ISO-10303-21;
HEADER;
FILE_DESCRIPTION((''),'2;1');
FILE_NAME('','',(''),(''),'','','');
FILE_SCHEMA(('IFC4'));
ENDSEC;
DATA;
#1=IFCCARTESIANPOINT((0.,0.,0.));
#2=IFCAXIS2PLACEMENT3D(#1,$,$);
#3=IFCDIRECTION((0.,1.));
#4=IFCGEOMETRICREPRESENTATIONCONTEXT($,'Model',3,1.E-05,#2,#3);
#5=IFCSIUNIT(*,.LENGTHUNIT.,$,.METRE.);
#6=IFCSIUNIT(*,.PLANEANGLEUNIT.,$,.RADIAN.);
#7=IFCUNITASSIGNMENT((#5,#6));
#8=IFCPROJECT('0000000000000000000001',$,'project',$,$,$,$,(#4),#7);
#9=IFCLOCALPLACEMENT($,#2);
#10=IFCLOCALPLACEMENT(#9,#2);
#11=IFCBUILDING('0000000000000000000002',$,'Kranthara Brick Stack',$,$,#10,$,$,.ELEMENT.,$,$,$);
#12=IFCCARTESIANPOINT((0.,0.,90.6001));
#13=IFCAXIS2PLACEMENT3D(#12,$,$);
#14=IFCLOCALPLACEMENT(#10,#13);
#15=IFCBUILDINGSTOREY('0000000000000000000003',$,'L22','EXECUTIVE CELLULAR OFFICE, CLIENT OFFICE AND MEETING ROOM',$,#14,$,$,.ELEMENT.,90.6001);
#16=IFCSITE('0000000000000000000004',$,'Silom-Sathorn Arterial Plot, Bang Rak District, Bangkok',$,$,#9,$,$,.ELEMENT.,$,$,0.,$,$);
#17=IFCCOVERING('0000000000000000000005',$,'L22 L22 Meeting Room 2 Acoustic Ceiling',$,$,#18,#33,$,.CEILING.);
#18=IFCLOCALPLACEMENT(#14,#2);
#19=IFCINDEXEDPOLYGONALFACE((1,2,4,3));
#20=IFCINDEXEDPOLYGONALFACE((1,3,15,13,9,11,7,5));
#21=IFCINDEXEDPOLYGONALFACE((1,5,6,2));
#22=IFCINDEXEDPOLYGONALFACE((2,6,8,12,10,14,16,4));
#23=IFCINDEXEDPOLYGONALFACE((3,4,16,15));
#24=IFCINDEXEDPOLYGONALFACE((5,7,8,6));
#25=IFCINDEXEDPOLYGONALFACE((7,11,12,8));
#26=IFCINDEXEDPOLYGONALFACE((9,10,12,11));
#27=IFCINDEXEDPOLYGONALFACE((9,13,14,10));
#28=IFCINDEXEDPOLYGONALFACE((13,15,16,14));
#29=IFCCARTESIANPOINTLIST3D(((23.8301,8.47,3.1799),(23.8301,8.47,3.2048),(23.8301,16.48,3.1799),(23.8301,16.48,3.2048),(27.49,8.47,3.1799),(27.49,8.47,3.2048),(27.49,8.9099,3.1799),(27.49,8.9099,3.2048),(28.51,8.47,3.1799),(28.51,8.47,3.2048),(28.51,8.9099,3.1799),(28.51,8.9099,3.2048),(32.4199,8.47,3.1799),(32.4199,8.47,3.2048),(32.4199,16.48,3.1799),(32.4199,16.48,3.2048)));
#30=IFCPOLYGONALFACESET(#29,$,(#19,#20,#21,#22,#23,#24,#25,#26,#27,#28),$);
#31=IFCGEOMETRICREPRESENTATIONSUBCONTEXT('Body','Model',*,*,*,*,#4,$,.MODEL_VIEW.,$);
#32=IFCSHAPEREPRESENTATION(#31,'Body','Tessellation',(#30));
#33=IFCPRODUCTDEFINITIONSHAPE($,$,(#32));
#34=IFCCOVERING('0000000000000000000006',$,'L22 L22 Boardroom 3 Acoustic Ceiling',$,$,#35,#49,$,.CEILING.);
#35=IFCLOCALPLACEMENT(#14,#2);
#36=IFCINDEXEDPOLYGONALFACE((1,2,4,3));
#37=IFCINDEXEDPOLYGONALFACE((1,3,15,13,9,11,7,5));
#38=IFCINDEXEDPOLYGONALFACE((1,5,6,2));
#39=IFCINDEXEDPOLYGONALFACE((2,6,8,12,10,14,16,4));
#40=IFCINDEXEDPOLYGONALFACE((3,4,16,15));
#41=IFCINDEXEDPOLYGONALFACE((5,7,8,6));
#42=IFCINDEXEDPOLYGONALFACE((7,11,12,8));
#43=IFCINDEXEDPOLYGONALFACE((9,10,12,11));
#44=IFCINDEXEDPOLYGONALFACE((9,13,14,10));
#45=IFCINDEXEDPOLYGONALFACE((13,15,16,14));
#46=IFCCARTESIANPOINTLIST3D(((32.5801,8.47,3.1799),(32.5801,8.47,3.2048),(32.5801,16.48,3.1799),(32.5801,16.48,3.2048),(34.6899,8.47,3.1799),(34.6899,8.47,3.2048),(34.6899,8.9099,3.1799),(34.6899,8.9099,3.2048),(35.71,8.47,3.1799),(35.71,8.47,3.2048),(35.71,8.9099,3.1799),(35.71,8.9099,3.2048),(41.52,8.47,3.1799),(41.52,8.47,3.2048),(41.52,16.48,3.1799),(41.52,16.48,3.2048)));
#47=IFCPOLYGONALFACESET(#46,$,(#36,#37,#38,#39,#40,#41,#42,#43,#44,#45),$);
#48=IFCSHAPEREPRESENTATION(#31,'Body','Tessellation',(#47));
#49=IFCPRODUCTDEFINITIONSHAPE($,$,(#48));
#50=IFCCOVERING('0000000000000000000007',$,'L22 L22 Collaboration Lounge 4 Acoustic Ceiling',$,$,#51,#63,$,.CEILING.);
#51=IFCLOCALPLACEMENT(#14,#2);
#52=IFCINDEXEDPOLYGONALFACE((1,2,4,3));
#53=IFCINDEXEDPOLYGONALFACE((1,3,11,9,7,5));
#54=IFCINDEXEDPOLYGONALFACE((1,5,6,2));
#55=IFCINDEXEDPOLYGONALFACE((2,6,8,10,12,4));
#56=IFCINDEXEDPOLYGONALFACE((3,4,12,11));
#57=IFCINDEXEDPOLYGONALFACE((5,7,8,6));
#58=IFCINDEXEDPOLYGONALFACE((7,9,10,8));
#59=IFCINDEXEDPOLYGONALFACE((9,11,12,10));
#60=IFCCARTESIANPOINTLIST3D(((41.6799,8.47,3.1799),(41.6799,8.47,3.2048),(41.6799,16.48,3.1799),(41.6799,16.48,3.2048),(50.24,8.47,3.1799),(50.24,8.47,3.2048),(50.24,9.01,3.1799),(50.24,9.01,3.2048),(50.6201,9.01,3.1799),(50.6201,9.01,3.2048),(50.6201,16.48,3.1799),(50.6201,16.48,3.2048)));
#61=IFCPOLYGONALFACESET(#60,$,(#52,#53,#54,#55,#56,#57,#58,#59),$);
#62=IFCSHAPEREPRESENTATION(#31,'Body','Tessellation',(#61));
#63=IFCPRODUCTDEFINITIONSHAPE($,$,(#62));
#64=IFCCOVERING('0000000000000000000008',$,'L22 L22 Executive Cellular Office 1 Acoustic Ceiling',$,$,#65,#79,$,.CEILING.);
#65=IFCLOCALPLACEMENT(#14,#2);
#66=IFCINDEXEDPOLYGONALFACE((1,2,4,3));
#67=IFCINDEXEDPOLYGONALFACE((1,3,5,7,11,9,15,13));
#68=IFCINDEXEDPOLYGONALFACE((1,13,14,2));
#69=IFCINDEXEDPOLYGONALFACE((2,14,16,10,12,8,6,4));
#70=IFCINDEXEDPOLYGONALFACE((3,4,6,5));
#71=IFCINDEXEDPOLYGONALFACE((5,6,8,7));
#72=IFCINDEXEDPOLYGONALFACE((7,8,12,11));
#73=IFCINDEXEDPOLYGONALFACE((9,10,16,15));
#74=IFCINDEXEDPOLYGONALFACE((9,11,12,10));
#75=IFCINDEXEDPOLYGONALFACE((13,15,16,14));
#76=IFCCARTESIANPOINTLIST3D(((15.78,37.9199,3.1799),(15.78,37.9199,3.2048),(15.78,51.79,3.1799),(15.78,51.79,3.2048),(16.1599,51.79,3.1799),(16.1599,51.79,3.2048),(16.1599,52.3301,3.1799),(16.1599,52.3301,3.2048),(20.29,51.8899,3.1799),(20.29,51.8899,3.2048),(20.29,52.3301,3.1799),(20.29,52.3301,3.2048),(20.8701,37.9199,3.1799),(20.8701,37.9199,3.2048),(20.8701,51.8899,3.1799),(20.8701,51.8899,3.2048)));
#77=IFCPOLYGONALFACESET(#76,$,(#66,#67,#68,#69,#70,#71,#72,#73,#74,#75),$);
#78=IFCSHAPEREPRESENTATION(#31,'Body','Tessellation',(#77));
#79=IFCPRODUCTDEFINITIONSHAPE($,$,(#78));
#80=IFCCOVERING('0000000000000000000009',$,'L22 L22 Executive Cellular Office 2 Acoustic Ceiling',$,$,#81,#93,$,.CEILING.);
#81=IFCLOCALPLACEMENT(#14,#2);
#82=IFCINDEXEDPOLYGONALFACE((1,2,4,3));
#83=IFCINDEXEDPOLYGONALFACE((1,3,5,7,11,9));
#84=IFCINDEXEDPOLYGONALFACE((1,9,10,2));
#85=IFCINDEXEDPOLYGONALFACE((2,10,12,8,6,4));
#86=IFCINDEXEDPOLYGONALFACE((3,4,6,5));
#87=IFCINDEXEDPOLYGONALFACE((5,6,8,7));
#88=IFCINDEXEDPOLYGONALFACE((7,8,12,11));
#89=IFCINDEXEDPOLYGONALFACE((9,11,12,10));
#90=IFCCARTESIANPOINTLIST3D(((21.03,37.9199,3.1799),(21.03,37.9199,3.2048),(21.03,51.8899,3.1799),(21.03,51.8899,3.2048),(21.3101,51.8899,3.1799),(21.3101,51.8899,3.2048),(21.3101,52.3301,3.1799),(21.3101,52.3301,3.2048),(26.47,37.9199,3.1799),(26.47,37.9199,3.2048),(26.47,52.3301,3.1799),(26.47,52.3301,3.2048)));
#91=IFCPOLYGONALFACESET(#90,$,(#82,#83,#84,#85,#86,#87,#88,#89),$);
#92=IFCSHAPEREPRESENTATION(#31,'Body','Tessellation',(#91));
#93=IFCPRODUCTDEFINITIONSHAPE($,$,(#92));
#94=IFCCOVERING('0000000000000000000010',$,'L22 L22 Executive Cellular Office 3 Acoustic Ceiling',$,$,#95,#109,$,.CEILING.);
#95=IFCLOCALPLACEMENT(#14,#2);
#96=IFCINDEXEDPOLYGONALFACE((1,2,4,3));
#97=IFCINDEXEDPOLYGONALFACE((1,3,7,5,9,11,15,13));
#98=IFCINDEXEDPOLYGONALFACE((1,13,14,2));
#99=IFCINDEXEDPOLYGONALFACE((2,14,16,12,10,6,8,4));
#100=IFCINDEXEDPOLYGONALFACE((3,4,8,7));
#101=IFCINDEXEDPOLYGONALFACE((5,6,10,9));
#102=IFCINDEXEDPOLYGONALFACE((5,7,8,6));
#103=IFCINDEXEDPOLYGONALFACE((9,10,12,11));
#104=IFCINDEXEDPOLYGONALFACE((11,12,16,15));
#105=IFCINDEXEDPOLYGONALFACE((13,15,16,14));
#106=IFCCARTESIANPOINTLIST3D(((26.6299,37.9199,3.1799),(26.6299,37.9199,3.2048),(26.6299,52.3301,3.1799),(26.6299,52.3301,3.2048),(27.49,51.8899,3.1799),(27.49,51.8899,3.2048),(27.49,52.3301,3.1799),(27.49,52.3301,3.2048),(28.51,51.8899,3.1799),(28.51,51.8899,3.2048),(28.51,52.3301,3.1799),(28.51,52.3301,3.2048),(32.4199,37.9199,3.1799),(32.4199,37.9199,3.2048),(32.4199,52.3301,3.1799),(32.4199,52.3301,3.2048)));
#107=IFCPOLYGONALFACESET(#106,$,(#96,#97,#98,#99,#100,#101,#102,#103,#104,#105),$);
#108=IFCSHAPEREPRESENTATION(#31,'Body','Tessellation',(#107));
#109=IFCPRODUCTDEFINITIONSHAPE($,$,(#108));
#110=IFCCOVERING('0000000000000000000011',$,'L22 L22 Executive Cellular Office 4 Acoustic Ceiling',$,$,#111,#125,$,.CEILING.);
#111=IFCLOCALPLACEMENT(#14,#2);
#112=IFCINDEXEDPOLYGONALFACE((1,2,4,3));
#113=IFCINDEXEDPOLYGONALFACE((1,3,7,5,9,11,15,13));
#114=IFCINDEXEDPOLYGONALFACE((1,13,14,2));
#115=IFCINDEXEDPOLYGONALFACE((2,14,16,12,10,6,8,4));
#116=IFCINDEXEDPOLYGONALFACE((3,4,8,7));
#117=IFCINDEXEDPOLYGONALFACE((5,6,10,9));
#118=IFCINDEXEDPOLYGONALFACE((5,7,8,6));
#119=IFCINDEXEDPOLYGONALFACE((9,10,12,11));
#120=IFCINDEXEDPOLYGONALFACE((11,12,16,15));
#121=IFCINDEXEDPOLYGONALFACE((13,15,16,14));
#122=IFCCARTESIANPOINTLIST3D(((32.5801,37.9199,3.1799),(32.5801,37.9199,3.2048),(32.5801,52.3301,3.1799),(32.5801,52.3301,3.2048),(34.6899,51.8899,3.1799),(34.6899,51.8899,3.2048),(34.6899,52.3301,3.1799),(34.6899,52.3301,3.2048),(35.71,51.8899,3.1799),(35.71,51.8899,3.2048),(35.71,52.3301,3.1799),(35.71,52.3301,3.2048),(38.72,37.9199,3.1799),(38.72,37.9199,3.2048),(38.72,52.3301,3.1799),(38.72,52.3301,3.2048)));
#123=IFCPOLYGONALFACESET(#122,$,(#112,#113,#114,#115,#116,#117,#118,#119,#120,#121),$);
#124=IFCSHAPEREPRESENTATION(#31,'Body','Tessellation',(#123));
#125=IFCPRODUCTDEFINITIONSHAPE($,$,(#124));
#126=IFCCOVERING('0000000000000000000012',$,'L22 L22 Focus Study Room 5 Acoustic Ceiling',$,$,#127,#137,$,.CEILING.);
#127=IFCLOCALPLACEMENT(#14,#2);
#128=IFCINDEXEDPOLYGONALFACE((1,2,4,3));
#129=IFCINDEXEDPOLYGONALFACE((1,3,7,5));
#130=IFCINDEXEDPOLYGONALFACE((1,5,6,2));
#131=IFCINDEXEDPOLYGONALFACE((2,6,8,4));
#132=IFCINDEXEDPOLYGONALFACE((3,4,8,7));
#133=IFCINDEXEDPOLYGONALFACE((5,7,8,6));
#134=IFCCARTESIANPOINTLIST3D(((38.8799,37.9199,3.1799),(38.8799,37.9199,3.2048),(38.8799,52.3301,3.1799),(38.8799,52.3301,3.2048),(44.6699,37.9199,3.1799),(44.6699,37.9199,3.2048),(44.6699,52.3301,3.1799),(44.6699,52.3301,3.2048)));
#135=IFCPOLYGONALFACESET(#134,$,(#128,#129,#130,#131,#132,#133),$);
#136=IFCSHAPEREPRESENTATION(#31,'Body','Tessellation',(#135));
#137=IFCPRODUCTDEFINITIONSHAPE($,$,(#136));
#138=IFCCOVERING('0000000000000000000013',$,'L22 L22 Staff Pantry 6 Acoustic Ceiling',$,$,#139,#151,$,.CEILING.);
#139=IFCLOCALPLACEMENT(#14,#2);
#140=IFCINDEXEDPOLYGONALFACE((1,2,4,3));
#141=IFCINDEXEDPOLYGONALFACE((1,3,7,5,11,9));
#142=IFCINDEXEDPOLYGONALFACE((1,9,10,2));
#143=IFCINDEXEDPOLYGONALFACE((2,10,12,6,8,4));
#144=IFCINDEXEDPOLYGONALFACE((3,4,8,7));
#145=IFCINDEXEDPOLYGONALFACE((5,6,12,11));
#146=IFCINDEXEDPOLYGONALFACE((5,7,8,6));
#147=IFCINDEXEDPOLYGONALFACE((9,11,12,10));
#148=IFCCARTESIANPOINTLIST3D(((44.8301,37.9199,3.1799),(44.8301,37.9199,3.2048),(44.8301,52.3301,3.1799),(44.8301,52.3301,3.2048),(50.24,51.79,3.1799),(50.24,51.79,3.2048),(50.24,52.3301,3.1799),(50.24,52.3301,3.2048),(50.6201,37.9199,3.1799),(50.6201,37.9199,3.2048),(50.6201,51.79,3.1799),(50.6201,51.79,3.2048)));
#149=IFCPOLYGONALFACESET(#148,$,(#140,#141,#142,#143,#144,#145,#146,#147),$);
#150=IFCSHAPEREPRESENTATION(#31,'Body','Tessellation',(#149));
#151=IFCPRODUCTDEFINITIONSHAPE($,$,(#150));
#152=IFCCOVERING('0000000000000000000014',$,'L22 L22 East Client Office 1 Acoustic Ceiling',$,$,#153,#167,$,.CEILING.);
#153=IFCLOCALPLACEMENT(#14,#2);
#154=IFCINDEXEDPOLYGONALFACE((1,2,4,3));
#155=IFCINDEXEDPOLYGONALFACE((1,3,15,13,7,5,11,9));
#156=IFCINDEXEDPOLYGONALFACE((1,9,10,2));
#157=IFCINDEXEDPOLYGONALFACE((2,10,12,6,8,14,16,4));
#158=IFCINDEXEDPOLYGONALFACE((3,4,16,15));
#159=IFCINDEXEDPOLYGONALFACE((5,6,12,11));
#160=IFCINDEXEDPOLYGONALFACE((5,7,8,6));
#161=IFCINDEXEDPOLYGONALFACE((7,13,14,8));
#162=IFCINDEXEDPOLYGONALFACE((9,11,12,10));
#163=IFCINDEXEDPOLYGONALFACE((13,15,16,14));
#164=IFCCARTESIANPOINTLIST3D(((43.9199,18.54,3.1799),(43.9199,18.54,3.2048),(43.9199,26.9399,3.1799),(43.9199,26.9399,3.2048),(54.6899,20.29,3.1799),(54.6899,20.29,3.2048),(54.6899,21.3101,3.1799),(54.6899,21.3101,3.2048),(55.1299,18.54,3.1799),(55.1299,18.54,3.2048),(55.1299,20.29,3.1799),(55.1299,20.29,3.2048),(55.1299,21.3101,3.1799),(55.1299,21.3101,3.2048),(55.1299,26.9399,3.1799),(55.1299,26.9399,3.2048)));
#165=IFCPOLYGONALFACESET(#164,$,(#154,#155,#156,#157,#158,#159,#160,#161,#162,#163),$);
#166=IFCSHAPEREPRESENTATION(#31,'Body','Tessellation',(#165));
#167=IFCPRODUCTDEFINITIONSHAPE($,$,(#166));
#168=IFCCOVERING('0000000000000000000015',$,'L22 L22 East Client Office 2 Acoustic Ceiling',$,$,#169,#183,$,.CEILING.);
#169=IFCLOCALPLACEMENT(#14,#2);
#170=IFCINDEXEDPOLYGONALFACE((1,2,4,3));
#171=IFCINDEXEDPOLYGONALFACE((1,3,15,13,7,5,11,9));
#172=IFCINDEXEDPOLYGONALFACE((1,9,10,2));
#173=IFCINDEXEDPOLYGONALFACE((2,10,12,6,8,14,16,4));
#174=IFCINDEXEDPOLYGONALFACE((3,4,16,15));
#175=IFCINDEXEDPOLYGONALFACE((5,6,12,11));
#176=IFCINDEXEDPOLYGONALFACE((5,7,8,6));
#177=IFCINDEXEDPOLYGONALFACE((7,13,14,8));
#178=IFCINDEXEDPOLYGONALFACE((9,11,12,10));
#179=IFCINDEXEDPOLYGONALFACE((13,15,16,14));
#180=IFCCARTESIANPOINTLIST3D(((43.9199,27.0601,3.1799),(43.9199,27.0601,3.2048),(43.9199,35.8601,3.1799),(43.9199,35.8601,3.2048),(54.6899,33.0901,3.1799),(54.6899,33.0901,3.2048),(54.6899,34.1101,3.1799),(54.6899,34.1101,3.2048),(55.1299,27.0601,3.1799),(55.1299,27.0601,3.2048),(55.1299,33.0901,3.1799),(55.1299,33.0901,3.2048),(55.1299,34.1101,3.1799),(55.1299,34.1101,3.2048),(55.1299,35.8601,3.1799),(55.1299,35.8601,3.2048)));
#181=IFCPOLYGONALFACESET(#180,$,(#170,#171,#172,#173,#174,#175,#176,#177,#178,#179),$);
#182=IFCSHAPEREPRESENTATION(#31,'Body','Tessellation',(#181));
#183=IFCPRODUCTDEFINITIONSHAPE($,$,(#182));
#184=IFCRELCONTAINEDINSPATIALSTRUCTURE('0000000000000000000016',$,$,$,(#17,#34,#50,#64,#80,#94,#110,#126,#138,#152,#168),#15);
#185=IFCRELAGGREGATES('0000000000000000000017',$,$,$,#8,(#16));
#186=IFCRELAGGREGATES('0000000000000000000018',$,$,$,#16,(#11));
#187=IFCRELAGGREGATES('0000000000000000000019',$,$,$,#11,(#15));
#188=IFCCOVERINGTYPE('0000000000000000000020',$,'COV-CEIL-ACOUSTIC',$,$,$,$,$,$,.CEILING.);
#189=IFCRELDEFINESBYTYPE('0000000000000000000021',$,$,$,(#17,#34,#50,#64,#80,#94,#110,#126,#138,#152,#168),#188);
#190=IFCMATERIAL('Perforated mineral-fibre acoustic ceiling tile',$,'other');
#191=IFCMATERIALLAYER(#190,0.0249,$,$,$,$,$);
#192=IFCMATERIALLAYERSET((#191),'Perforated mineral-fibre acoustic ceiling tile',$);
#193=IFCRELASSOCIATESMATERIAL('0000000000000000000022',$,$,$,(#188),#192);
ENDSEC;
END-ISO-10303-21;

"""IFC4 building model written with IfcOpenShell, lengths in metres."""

from ifc_helpers import new_model, si_unit, direction, frame, origin, place, context, subcontext, project, spatial, polyline, outline, extrude, material, layer, layer_set, type_object, element, save


model = new_model("IFC4")

# Units and contexts
model_context = context("Model", 3, precision=1e-05, world=origin(), true_north=direction((0.0, 1.0)))
body_context = subcontext(model_context, "Body", "Model", "MODEL_VIEW")
ifc_project = project(units=[si_unit("LENGTHUNIT", "METRE"), si_unit("PLANEANGLEUNIT", "RADIAN")], contexts=[model_context])

# Site, building, storey
site_placement = place(None, origin())
site = spatial("IfcSite", under=ifc_project, at=site_placement, Name="Silom-Sathorn Arterial Plot, Bang Rak District, Bangkok", CompositionType="ELEMENT", RefElevation=0.0)
building_placement = place(site_placement, origin())
building = spatial("IfcBuilding", under=site, at=building_placement, Name="Kranthara Brick Stack", CompositionType="ELEMENT")
storey_placement = place(building_placement, frame((0.0, 0.0, 90.6001)))
storey = spatial("IfcBuildingStorey", under=building, at=storey_placement, Name="L22", Description="EXECUTIVE CELLULAR OFFICE, CLIENT OFFICE AND MEETING ROOM", CompositionType="ELEMENT", Elevation=90.6001)

# Coverings
ifc_material_1 = material(Name="Perforated mineral-fibre acoustic ceiling tile", Category="other")
ifc_layer_1 = layer(ifc_material_1, 0.0249)
ifc_layer_set_1 = layer_set([ifc_layer_1], Name="Perforated mineral-fibre acoustic ceiling tile")
covering_type_1 = type_object("IfcCoveringType", Name="COV-CEIL-ACOUSTIC", PredefinedType="CEILING", material=ifc_layer_set_1)
covering_1_placement = place(storey_placement, frame((0.0, 0.0, 3.1799)))
element("IfcCovering", 1, at=covering_1_placement, inside=storey, type_object=covering_type_1, Name="L22 L22 Meeting Room 2 Acoustic Ceiling", PredefinedType="CEILING", context=body_context, shape_type="SweptSolid", body=[
    extrude(outline(polyline([(23.8301, 8.47), (23.8301, 16.48), (32.4199, 16.48), (32.4199, 8.47), (28.51, 8.47), (28.51, 8.9099), (27.49, 8.9099), (27.49, 8.47), (23.8301, 8.47)])), origin(), (0.0, 0.0, 1.0), 0.0249),
])
covering_2_placement = place(storey_placement, frame((0.0, 0.0, 3.1799)))
element("IfcCovering", 2, at=covering_2_placement, inside=storey, type_object=covering_type_1, Name="L22 L22 Boardroom 3 Acoustic Ceiling", PredefinedType="CEILING", context=body_context, shape_type="SweptSolid", body=[
    extrude(outline(polyline([(32.5801, 8.47), (32.5801, 16.48), (41.52, 16.48), (41.52, 8.47), (35.71, 8.47), (35.71, 8.9099), (34.6899, 8.9099), (34.6899, 8.47), (32.5801, 8.47)])), origin(), (0.0, 0.0, 1.0), 0.0249),
])
covering_3_placement = place(storey_placement, frame((0.0, 0.0, 3.1799)))
element("IfcCovering", 3, at=covering_3_placement, inside=storey, type_object=covering_type_1, Name="L22 L22 Collaboration Lounge 4 Acoustic Ceiling", PredefinedType="CEILING", context=body_context, shape_type="SweptSolid", body=[
    extrude(outline(polyline([(41.6799, 8.47), (41.6799, 16.48), (50.6201, 16.48), (50.6201, 9.01), (50.24, 9.01), (50.24, 8.47), (41.6799, 8.47)])), origin(), (0.0, 0.0, 1.0), 0.0249),
])
covering_4_placement = place(storey_placement, frame((0.0, 0.0, 3.1799)))
element("IfcCovering", 4, at=covering_4_placement, inside=storey, type_object=covering_type_1, Name="L22 L22 Executive Cellular Office 1 Acoustic Ceiling", PredefinedType="CEILING", context=body_context, shape_type="SweptSolid", body=[
    extrude(outline(polyline([(20.8701, 37.9199), (15.78, 37.9199), (15.78, 51.79), (16.1599, 51.79), (16.1599, 52.3301), (20.29, 52.3301), (20.29, 51.8899), (20.8701, 51.8899), (20.8701, 37.9199)])), origin(), (0.0, 0.0, 1.0), 0.0249),
])
covering_5_placement = place(storey_placement, frame((0.0, 0.0, 3.1799)))
element("IfcCovering", 5, at=covering_5_placement, inside=storey, type_object=covering_type_1, Name="L22 L22 Executive Cellular Office 2 Acoustic Ceiling", PredefinedType="CEILING", context=body_context, shape_type="SweptSolid", body=[
    extrude(outline(polyline([(26.47, 52.3301), (26.47, 37.9199), (21.03, 37.9199), (21.03, 51.8899), (21.3101, 51.8899), (21.3101, 52.3301), (26.47, 52.3301)])), origin(), (0.0, 0.0, 1.0), 0.0249),
])
covering_6_placement = place(storey_placement, frame((0.0, 0.0, 3.1799)))
element("IfcCovering", 6, at=covering_6_placement, inside=storey, type_object=covering_type_1, Name="L22 L22 Executive Cellular Office 3 Acoustic Ceiling", PredefinedType="CEILING", context=body_context, shape_type="SweptSolid", body=[
    extrude(outline(polyline([(32.4199, 52.3301), (32.4199, 37.9199), (26.6299, 37.9199), (26.6299, 52.3301), (27.49, 52.3301), (27.49, 51.8899), (28.51, 51.8899), (28.51, 52.3301), (32.4199, 52.3301)])), origin(), (0.0, 0.0, 1.0), 0.0249),
])
covering_7_placement = place(storey_placement, frame((0.0, 0.0, 3.1799)))
element("IfcCovering", 7, at=covering_7_placement, inside=storey, type_object=covering_type_1, Name="L22 L22 Executive Cellular Office 4 Acoustic Ceiling", PredefinedType="CEILING", context=body_context, shape_type="SweptSolid", body=[
    extrude(outline(polyline([(38.72, 52.3301), (38.72, 37.9199), (32.5801, 37.9199), (32.5801, 52.3301), (34.6899, 52.3301), (34.6899, 51.8899), (35.71, 51.8899), (35.71, 52.3301), (38.72, 52.3301)])), origin(), (0.0, 0.0, 1.0), 0.0249),
])
covering_8_placement = place(storey_placement, frame((0.0, 0.0, 3.1799)))
element("IfcCovering", 8, at=covering_8_placement, inside=storey, type_object=covering_type_1, Name="L22 L22 Focus Study Room 5 Acoustic Ceiling", PredefinedType="CEILING", context=body_context, shape_type="SweptSolid", body=[
    extrude(outline(polyline([(44.6699, 37.9199), (44.6699, 52.3301), (38.8799, 52.3301), (38.8799, 37.9199), (44.6699, 37.9199)])), origin(), (0.0, 0.0, 1.0), 0.0249),
])
covering_9_placement = place(storey_placement, frame((0.0, 0.0, 3.1799)))
element("IfcCovering", 9, at=covering_9_placement, inside=storey, type_object=covering_type_1, Name="L22 L22 Staff Pantry 6 Acoustic Ceiling", PredefinedType="CEILING", context=body_context, shape_type="SweptSolid", body=[
    extrude(outline(polyline([(50.6201, 37.9199), (44.8301, 37.9199), (44.8301, 52.3301), (50.24, 52.3301), (50.24, 51.79), (50.6201, 51.79), (50.6201, 37.9199)])), origin(), (0.0, 0.0, 1.0), 0.0249),
])
covering_10_placement = place(storey_placement, frame((0.0, 0.0, 3.1799)))
element("IfcCovering", 10, at=covering_10_placement, inside=storey, type_object=covering_type_1, Name="L22 L22 East Client Office 1 Acoustic Ceiling", PredefinedType="CEILING", context=body_context, shape_type="SweptSolid", body=[
    extrude(outline(polyline([(55.1299, 18.54), (43.9199, 18.54), (43.9199, 26.9399), (55.1299, 26.9399), (55.1299, 21.3101), (54.6899, 21.3101), (54.6899, 20.29), (55.1299, 20.29), (55.1299, 18.54)])), origin(), (0.0, 0.0, 1.0), 0.0249),
])
covering_11_placement = place(storey_placement, frame((0.0, 0.0, 3.1799)))
element("IfcCovering", 11, at=covering_11_placement, inside=storey, type_object=covering_type_1, Name="L22 L22 East Client Office 2 Acoustic Ceiling", PredefinedType="CEILING", context=body_context, shape_type="SweptSolid", body=[
    extrude(outline(polyline([(55.1299, 27.0601), (43.9199, 27.0601), (43.9199, 35.8601), (55.1299, 35.8601), (55.1299, 34.1101), (54.6899, 34.1101), (54.6899, 33.0901), (55.1299, 33.0901), (55.1299, 27.0601)])), origin(), (0.0, 0.0, 1.0), 0.0249),
])

save(model, "model.ifc")
